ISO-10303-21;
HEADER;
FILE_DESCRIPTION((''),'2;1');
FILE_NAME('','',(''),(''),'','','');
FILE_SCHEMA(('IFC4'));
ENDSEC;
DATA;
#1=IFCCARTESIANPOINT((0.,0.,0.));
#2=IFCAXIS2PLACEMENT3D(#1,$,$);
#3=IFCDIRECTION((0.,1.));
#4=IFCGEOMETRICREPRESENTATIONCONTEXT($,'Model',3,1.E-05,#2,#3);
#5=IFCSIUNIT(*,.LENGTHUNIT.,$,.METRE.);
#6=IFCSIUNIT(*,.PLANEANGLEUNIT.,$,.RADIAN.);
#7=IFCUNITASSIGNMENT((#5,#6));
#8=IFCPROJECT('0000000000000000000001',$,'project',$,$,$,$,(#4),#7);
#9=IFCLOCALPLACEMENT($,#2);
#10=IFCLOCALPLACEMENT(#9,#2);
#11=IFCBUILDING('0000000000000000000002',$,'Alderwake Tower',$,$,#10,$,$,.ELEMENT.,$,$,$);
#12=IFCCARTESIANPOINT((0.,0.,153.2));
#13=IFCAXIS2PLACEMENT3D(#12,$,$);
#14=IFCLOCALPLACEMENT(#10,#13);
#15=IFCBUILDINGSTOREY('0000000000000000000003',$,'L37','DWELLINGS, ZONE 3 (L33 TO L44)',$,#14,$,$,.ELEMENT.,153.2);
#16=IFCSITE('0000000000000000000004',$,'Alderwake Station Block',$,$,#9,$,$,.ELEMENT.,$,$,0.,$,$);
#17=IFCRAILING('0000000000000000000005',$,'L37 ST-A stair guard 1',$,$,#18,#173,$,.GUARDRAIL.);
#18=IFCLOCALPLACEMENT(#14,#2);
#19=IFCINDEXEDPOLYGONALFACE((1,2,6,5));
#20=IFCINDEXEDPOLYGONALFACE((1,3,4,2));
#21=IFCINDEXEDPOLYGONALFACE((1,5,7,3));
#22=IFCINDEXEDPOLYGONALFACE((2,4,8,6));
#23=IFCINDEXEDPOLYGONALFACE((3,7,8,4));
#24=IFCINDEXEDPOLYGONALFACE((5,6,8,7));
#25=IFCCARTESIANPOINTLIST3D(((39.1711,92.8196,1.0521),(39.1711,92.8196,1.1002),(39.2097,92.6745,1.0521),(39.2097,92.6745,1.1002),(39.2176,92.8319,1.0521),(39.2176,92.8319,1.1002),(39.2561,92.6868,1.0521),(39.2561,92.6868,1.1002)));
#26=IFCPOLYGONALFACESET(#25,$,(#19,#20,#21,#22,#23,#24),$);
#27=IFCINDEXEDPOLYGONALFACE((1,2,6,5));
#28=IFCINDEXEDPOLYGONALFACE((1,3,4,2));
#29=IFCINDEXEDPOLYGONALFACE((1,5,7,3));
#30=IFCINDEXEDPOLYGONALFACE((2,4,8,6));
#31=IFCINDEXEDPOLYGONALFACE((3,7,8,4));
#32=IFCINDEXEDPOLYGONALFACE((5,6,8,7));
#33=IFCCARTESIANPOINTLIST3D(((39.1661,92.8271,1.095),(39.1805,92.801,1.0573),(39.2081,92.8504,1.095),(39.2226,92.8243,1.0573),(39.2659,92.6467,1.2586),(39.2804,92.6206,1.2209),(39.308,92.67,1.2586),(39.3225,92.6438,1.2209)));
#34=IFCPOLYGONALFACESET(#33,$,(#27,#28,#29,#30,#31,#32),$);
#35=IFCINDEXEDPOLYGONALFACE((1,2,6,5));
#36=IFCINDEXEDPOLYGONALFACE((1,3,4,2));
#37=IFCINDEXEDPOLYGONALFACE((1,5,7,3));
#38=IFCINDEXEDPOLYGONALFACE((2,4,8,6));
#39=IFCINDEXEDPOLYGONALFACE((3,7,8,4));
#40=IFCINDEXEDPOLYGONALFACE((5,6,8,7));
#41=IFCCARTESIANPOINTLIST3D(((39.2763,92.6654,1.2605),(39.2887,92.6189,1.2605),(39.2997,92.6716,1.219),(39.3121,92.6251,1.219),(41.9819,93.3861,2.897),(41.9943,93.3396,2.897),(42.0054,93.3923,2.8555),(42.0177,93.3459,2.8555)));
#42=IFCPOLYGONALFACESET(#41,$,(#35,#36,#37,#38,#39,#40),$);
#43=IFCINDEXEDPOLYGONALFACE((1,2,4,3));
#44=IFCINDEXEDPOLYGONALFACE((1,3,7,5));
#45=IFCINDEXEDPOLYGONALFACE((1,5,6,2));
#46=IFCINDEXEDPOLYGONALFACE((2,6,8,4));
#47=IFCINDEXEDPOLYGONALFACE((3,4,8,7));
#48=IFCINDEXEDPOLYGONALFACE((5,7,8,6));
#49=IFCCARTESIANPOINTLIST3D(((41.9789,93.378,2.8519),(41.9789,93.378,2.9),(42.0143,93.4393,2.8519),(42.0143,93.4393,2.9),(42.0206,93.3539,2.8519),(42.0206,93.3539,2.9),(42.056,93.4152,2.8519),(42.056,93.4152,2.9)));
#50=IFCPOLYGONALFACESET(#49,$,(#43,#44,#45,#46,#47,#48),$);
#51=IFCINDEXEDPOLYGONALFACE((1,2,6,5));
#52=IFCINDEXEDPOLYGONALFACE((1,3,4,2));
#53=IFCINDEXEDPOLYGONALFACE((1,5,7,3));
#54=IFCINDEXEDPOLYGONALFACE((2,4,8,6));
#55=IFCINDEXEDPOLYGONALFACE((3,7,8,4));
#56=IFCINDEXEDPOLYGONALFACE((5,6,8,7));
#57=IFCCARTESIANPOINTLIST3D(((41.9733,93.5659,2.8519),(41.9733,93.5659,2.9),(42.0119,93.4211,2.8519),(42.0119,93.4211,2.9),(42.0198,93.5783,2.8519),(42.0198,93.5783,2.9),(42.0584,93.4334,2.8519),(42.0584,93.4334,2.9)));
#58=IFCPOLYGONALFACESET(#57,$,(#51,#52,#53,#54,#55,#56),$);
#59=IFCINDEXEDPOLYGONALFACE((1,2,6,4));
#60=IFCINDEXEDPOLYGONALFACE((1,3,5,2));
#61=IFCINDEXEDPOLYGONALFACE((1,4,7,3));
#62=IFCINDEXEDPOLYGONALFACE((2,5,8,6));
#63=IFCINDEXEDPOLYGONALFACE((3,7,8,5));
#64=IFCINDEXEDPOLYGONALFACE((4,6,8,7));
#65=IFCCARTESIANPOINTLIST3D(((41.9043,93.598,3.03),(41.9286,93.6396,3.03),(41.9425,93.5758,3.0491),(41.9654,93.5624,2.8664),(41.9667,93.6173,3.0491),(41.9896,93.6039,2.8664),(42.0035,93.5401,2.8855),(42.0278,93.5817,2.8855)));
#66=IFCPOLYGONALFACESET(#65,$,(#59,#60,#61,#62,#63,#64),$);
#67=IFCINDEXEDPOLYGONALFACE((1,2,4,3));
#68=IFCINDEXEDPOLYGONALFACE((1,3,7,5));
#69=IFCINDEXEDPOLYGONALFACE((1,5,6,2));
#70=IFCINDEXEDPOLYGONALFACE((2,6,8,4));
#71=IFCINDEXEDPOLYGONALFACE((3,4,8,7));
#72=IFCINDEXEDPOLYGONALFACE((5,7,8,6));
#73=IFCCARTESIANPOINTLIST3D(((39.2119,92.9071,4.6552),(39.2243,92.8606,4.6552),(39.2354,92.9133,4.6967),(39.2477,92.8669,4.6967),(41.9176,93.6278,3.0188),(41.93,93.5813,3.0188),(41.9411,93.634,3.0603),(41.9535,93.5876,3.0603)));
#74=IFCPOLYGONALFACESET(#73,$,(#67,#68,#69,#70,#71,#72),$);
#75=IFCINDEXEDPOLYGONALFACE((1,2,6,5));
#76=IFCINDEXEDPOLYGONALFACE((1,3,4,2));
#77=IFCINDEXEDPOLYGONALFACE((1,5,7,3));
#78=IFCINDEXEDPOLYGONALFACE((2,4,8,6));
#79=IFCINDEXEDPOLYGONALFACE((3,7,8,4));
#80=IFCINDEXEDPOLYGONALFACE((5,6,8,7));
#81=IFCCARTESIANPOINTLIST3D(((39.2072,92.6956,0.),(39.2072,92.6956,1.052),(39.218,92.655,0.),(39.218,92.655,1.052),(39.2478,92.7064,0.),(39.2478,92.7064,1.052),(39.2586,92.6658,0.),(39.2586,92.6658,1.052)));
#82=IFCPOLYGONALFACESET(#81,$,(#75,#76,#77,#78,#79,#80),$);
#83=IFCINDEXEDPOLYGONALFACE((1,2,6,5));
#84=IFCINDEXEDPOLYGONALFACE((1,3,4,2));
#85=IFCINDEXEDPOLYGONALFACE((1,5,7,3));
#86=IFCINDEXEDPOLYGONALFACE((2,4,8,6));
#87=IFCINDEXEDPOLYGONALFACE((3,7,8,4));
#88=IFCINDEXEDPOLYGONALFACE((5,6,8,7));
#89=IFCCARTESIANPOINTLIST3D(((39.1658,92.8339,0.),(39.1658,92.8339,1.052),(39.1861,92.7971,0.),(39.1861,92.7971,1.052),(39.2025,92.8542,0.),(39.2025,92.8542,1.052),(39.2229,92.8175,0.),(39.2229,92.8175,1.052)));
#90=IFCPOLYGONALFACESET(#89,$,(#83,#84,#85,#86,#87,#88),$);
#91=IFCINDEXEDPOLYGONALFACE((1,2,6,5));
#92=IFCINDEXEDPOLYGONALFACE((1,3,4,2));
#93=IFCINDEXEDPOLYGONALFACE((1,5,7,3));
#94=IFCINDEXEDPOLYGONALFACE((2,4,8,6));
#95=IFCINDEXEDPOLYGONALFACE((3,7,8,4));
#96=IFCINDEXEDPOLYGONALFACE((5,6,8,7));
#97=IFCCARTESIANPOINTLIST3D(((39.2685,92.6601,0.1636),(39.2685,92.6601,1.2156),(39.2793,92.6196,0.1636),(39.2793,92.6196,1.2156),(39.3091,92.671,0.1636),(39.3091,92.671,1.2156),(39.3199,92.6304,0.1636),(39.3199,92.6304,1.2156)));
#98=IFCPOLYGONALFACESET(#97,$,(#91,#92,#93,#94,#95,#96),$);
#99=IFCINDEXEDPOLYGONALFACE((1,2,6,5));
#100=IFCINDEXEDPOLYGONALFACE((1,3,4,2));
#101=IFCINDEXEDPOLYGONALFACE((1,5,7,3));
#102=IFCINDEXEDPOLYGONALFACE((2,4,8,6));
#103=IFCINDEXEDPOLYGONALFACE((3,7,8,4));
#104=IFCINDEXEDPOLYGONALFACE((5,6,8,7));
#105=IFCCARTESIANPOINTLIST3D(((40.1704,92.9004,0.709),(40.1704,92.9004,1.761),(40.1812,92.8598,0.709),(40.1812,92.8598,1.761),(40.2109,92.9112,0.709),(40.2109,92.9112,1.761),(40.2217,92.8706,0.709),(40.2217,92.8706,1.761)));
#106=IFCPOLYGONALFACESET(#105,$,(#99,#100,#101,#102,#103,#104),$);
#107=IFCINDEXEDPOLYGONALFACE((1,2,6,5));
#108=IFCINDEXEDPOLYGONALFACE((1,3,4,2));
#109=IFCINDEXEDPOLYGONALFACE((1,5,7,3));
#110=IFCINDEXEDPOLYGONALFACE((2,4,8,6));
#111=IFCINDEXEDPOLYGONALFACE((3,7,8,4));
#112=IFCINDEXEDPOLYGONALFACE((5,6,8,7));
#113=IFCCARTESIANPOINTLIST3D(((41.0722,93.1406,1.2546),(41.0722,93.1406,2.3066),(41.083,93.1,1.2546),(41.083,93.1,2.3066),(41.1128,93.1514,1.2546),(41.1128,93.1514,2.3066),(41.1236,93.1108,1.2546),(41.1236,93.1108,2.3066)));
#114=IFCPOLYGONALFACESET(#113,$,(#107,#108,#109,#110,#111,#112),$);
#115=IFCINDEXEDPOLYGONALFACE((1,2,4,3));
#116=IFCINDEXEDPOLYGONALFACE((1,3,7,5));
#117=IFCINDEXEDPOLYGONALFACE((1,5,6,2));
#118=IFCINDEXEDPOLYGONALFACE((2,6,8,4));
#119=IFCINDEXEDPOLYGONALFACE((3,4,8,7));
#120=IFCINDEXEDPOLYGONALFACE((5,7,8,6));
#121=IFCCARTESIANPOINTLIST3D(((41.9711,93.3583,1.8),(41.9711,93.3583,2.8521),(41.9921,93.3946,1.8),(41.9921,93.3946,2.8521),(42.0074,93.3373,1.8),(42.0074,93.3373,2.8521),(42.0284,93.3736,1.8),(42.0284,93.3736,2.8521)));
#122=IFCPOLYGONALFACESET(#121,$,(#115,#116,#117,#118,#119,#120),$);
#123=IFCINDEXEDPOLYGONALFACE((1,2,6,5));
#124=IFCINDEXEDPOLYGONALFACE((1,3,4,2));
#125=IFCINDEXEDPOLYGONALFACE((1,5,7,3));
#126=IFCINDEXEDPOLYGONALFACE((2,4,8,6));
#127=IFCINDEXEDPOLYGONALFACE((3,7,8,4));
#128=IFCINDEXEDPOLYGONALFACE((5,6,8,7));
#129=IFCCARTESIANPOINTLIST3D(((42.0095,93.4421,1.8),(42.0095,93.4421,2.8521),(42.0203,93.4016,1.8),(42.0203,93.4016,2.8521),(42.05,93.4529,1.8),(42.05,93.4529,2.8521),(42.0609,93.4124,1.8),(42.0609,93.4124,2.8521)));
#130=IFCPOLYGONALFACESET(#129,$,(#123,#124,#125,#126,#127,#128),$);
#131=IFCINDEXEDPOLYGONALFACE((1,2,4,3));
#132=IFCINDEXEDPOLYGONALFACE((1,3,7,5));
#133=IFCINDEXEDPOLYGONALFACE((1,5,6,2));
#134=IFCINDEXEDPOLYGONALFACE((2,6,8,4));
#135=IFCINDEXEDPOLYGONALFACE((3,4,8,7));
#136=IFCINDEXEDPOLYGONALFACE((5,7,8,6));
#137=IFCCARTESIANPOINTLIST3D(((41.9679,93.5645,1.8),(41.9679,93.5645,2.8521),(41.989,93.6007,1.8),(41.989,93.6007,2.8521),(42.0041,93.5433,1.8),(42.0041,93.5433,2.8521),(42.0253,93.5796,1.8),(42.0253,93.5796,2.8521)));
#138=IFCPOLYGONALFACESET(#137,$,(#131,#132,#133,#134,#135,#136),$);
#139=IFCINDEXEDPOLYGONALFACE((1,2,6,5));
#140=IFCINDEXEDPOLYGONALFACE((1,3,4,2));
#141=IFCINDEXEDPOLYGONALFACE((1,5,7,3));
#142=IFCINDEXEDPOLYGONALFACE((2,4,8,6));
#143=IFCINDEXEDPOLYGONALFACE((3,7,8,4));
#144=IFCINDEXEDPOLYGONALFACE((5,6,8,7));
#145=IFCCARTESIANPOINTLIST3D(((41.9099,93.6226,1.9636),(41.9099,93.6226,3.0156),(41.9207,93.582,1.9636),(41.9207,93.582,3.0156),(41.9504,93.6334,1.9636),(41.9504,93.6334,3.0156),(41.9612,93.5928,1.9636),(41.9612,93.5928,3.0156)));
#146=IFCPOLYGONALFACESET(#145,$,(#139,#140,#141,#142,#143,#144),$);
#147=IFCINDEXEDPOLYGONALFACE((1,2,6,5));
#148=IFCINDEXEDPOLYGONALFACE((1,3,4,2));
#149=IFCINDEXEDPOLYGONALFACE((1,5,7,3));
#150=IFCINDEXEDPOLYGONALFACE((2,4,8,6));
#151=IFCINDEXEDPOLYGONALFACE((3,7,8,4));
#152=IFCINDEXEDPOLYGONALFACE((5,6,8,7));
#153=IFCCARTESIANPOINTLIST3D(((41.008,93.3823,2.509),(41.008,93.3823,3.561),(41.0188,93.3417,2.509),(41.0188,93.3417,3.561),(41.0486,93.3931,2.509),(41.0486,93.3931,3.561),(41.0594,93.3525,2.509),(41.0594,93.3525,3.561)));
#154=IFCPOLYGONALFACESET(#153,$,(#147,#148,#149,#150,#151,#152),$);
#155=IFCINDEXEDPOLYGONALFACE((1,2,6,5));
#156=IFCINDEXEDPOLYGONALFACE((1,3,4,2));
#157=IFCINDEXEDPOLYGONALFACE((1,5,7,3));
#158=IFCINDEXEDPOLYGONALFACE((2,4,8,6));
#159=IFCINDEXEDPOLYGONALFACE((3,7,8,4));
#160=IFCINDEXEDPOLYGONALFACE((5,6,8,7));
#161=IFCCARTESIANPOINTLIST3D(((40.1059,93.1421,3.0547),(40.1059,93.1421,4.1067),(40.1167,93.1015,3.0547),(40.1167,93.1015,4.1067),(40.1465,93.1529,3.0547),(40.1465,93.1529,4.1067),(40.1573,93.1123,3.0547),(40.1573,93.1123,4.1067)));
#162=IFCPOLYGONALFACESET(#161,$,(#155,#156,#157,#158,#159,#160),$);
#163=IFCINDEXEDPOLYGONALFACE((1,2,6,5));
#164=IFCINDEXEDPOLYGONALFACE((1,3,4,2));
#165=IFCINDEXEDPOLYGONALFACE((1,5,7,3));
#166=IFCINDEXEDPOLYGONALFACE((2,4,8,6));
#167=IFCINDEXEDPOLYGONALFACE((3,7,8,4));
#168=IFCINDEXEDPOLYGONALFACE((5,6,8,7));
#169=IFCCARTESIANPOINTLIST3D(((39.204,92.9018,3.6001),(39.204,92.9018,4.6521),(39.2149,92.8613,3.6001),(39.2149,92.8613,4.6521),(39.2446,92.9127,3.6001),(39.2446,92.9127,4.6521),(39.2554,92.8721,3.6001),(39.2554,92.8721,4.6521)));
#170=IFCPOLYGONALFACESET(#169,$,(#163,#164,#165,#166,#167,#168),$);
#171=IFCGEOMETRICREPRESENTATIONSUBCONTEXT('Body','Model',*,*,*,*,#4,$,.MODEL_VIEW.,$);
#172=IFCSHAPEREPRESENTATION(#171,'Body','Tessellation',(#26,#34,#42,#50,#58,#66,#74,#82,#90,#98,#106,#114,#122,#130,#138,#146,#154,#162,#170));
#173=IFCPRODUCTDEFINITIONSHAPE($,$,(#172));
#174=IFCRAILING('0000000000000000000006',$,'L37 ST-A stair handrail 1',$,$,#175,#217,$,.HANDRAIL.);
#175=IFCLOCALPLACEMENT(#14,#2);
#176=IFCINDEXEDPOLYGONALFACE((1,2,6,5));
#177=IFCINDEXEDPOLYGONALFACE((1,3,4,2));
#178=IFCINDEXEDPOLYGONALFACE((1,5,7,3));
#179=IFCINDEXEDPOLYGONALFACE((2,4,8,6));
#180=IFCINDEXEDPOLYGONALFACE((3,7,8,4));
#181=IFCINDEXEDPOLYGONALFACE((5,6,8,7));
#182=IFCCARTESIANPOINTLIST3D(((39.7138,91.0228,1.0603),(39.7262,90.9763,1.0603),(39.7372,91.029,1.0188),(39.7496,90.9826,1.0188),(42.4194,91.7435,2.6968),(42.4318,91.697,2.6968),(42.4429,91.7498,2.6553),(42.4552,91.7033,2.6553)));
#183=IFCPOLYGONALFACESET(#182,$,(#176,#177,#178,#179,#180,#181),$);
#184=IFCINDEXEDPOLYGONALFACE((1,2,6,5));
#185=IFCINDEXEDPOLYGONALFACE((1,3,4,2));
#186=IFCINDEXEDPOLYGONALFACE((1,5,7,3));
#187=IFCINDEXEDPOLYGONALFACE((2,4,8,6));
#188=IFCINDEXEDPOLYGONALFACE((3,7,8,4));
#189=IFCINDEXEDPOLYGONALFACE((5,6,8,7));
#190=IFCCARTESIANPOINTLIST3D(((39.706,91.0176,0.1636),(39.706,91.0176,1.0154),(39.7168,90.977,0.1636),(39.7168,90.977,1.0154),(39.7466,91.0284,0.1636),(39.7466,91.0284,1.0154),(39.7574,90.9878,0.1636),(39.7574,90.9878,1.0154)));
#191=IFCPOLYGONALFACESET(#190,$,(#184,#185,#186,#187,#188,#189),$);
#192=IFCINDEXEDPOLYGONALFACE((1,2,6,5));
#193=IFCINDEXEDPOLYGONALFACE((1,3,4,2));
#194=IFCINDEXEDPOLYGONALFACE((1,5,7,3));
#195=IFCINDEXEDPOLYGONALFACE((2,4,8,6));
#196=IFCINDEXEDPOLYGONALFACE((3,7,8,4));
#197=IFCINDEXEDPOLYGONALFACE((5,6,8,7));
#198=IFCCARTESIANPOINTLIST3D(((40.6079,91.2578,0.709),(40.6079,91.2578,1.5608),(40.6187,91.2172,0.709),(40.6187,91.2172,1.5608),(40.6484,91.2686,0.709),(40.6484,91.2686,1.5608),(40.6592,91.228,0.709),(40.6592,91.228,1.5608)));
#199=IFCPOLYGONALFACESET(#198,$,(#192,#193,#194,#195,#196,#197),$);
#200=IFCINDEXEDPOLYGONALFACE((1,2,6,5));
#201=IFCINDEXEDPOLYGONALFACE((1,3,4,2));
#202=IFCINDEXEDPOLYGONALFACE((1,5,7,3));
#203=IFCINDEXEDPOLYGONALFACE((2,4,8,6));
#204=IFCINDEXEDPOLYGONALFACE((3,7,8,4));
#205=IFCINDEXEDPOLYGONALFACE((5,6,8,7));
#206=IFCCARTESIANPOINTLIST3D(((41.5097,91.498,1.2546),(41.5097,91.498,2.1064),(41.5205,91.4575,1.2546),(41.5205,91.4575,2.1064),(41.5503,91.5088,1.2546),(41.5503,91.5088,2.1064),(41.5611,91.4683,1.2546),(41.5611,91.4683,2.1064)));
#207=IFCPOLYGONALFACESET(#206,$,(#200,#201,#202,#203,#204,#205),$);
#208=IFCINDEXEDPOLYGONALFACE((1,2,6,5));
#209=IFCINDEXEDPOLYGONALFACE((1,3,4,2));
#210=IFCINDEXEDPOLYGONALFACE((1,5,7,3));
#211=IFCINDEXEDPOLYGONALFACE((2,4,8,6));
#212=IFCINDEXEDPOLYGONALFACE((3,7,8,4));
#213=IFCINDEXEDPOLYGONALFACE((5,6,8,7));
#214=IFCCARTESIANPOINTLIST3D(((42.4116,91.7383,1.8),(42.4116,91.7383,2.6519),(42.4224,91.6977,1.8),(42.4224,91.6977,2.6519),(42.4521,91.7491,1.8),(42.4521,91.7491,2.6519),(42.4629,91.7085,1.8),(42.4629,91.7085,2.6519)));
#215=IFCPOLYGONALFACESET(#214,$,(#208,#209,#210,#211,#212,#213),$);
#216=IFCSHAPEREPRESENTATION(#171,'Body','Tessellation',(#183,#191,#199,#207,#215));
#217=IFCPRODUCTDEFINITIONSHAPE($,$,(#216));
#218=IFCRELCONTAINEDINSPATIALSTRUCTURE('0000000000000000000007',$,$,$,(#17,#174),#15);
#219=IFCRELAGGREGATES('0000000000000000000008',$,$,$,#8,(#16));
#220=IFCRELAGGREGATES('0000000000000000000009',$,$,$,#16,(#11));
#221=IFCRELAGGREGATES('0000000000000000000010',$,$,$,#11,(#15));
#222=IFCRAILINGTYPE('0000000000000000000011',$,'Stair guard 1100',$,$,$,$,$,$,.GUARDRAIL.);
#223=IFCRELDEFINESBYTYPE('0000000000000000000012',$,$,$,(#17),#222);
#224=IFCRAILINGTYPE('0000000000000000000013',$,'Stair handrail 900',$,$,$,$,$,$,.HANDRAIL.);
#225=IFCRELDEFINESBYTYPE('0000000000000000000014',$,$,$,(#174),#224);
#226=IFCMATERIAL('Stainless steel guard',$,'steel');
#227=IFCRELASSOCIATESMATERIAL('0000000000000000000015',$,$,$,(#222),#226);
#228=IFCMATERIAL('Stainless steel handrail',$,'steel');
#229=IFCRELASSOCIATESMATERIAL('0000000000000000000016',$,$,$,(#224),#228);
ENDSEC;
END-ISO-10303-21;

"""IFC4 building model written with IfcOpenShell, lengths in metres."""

from ifc_helpers import new_model, si_unit, direction, frame, origin, origin_2d, place, context, subcontext, project, spatial, rectangle, extrude, material, type_object, element, save


model = new_model("IFC4")

# Units and contexts
model_context = context("Model", 3, precision=1e-05, world=origin(), true_north=direction((0.0, 1.0)))
body_context = subcontext(model_context, "Body", "Model", "MODEL_VIEW")
ifc_project = project(units=[si_unit("LENGTHUNIT", "METRE"), si_unit("PLANEANGLEUNIT", "RADIAN")], contexts=[model_context])

# Site, building, storey
site_placement = place(None, origin())
site = spatial("IfcSite", under=ifc_project, at=site_placement, Name="Alderwake Station Block", CompositionType="ELEMENT", RefElevation=0.0)
building_placement = place(site_placement, origin())
building = spatial("IfcBuilding", under=site, at=building_placement, Name="Alderwake Tower", CompositionType="ELEMENT")
storey_placement = place(building_placement, frame((0.0, 0.0, 153.2)))
storey = spatial("IfcBuildingStorey", under=building, at=storey_placement, Name="L37", Description="DWELLINGS, ZONE 3 (L33 TO L44)", CompositionType="ELEMENT", Elevation=153.2)

# Railings
ifc_material_1 = material(Name="Stainless steel guard", Category="steel")
railing_type_1 = type_object("IfcRailingType", Name="Stair guard 1100", PredefinedType="GUARDRAIL", material=ifc_material_1)
railing_1_placement = place(storey_placement, frame((39.2329, 92.6807, 0.0)))
element("IfcRailing", 1, at=railing_1_placement, inside=storey, type_object=railing_type_1, Name="L37 ST-A stair guard 1", PredefinedType="GUARDRAIL", context=body_context, shape_type="SweptSolid", body=[
    extrude(rectangle(XDim=0.0481, YDim=0.0481, at=origin_2d()), frame((0.0, 0.0, 1.0762), z_axis=(-0.257055, 0.966397, 0.0), x_axis=(-0.966397, -0.257055, 0.0)), (0.0, 0.0, 1.0), 0.1501),
    extrude(rectangle(XDim=0.0481, YDim=0.0481, at=origin_2d()), frame((-0.0386, 0.145, 1.0762), z_axis=(0.379371, -0.685464, 0.621463), x_axis=(0.874938, 0.484235, 0.0)), (0.0, 0.0, 1.0), 0.2632),
    extrude(rectangle(XDim=0.0481, YDim=0.0481, at=origin_2d()), frame((0.0613, -0.0354, 1.2397), z_axis=(0.834259, 0.222228, 0.504605), x_axis=(-0.257402, 0.966304, 0.0)), (0.0, 0.0, 1.0), 3.2432),
    extrude(rectangle(XDim=0.0481, YDim=0.0481, at=origin_2d()), frame((2.7668, 0.6853, 2.876), z_axis=(0.50022, 0.865898, 0.0), x_axis=(-0.865898, 0.50022, 0.0)), (0.0, 0.0, 1.0), 0.0708),
    extrude(rectangle(XDim=0.0481, YDim=0.0481, at=origin_2d()), frame((2.8022, 0.7466, 2.876), z_axis=(-0.25746, 0.966289, 0.0), x_axis=(-0.966289, -0.25746, 0.0)), (0.0, 0.0, 1.0), 0.1499),
    extrude(rectangle(XDim=0.0481, YDim=0.0481, at=origin_2d()), frame((2.7637, 0.8914, 2.876), z_axis=(-0.342525, 0.200035, 0.917967), x_axis=(-0.5043, -0.863528, 0.0)), (0.0, 0.0, 1.0), 0.1782),
    extrude(rectangle(XDim=0.0481, YDim=0.0481, at=origin_2d()), frame((2.7026, 0.927, 3.0396), z_axis=(-0.834282, -0.222214, 0.504574), x_axis=(0.25738, -0.96631, 0.0)), (0.0, 0.0, 1.0), 3.2432),
    extrude(rectangle(XDim=0.042, YDim=0.042, at=origin_2d()), frame((0.0, 0.0, 0.0), z_axis=(0.0, 0.0, 1.0), x_axis=(-0.257055, 0.966397, 0.0)), (0.0, 0.0, 1.0), 1.052),
    extrude(rectangle(XDim=0.042, YDim=0.042, at=origin_2d()), frame((-0.0386, 0.145, 0.0), z_axis=(0.0, 0.0, 1.0), x_axis=(0.484235, -0.874938, 0.0)), (0.0, 0.0, 1.0), 1.052),
    extrude(rectangle(XDim=0.042, YDim=0.042, at=origin_2d()), frame((0.0613, -0.0354, 0.1636), z_axis=(0.0, 0.0, 1.0), x_axis=(0.966304, 0.257402, 0.0)), (0.0, 0.0, 1.0), 1.052),
    extrude(rectangle(XDim=0.042, YDim=0.042, at=origin_2d()), frame((0.9631, 0.2048, 0.709), z_axis=(0.0, 0.0, 1.0), x_axis=(0.966304, 0.257402, 0.0)), (0.0, 0.0, 1.0), 1.052),
    extrude(rectangle(XDim=0.042, YDim=0.042, at=origin_2d()), frame((1.865, 0.4451, 1.2546), z_axis=(0.0, 0.0, 1.0), x_axis=(0.966304, 0.257402, 0.0)), (0.0, 0.0, 1.0), 1.052),
    extrude(rectangle(XDim=0.042, YDim=0.042, at=origin_2d()), frame((2.7668, 0.6853, 1.8), z_axis=(0.0, 0.0, 1.0), x_axis=(0.50022, 0.865898, 0.0)), (0.0, 0.0, 1.0), 1.052),
    extrude(rectangle(XDim=0.042, YDim=0.042, at=origin_2d()), frame((2.8022, 0.7466, 1.8), z_axis=(0.0, 0.0, 1.0), x_axis=(-0.25746, 0.966289, 0.0)), (0.0, 0.0, 1.0), 1.052),
    extrude(rectangle(XDim=0.042, YDim=0.042, at=origin_2d()), frame((2.7637, 0.8914, 1.8), z_axis=(0.0, 0.0, 1.0), x_axis=(-0.863528, 0.5043, 0.0)), (0.0, 0.0, 1.0), 1.052),
    extrude(rectangle(XDim=0.042, YDim=0.042, at=origin_2d()), frame((2.7026, 0.927, 1.9636), z_axis=(0.0, 0.0, 1.0), x_axis=(-0.96631, -0.25738, 0.0)), (0.0, 0.0, 1.0), 1.052),
    extrude(rectangle(XDim=0.042, YDim=0.042, at=origin_2d()), frame((1.8008, 0.6868, 2.509), z_axis=(0.0, 0.0, 1.0), x_axis=(-0.96631, -0.25738, 0.0)), (0.0, 0.0, 1.0), 1.052),
    extrude(rectangle(XDim=0.042, YDim=0.042, at=origin_2d()), frame((0.8987, 0.4465, 3.0547), z_axis=(0.0, 0.0, 1.0), x_axis=(-0.96631, -0.25738, 0.0)), (0.0, 0.0, 1.0), 1.052),
    extrude(rectangle(XDim=0.042, YDim=0.042, at=origin_2d()), frame((-0.0032, 0.2063, 3.6001), z_axis=(0.0, 0.0, 1.0), x_axis=(-0.96631, -0.25738, 0.0)), (0.0, 0.0, 1.0), 1.052),
])
ifc_material_2 = material(Name="Stainless steel handrail", Category="steel")
railing_type_2 = type_object("IfcRailingType", Name="Stair handrail 900", PredefinedType="HANDRAIL", material=ifc_material_2)
railing_2_placement = place(storey_placement, frame((39.7317, 91.0027, 0.1636)))
element("IfcRailing", 2, at=railing_2_placement, inside=storey, type_object=railing_type_2, Name="L37 ST-A stair handrail 1", PredefinedType="HANDRAIL", context=body_context, shape_type="SweptSolid", body=[
    extrude(rectangle(XDim=0.0481, YDim=0.0481, at=origin_2d()), frame((0.0, 0.0, 0.876), z_axis=(0.834259, 0.222228, 0.504605), x_axis=(-0.257402, 0.966304, 0.0)), (0.0, 0.0, 1.0), 3.2432),
    extrude(rectangle(XDim=0.042, YDim=0.042, at=origin_2d()), frame((0.0, 0.0, 0.0), z_axis=(0.0, 0.0, 1.0), x_axis=(0.966304, 0.257402, 0.0)), (0.0, 0.0, 1.0), 0.8518),
    extrude(rectangle(XDim=0.042, YDim=0.042, at=origin_2d()), frame((0.9019, 0.2402, 0.5454), z_axis=(0.0, 0.0, 1.0), x_axis=(0.966304, 0.257402, 0.0)), (0.0, 0.0, 1.0), 0.8518),
    extrude(rectangle(XDim=0.042, YDim=0.042, at=origin_2d()), frame((1.8037, 0.4805, 1.0911), z_axis=(0.0, 0.0, 1.0), x_axis=(0.966304, 0.257402, 0.0)), (0.0, 0.0, 1.0), 0.8518),
    extrude(rectangle(XDim=0.042, YDim=0.042, at=origin_2d()), frame((2.7056, 0.7207, 1.6365), z_axis=(0.0, 0.0, 1.0), x_axis=(0.966304, 0.257402, 0.0)), (0.0, 0.0, 1.0), 0.8518),
])

save(model, "model.ifc")
